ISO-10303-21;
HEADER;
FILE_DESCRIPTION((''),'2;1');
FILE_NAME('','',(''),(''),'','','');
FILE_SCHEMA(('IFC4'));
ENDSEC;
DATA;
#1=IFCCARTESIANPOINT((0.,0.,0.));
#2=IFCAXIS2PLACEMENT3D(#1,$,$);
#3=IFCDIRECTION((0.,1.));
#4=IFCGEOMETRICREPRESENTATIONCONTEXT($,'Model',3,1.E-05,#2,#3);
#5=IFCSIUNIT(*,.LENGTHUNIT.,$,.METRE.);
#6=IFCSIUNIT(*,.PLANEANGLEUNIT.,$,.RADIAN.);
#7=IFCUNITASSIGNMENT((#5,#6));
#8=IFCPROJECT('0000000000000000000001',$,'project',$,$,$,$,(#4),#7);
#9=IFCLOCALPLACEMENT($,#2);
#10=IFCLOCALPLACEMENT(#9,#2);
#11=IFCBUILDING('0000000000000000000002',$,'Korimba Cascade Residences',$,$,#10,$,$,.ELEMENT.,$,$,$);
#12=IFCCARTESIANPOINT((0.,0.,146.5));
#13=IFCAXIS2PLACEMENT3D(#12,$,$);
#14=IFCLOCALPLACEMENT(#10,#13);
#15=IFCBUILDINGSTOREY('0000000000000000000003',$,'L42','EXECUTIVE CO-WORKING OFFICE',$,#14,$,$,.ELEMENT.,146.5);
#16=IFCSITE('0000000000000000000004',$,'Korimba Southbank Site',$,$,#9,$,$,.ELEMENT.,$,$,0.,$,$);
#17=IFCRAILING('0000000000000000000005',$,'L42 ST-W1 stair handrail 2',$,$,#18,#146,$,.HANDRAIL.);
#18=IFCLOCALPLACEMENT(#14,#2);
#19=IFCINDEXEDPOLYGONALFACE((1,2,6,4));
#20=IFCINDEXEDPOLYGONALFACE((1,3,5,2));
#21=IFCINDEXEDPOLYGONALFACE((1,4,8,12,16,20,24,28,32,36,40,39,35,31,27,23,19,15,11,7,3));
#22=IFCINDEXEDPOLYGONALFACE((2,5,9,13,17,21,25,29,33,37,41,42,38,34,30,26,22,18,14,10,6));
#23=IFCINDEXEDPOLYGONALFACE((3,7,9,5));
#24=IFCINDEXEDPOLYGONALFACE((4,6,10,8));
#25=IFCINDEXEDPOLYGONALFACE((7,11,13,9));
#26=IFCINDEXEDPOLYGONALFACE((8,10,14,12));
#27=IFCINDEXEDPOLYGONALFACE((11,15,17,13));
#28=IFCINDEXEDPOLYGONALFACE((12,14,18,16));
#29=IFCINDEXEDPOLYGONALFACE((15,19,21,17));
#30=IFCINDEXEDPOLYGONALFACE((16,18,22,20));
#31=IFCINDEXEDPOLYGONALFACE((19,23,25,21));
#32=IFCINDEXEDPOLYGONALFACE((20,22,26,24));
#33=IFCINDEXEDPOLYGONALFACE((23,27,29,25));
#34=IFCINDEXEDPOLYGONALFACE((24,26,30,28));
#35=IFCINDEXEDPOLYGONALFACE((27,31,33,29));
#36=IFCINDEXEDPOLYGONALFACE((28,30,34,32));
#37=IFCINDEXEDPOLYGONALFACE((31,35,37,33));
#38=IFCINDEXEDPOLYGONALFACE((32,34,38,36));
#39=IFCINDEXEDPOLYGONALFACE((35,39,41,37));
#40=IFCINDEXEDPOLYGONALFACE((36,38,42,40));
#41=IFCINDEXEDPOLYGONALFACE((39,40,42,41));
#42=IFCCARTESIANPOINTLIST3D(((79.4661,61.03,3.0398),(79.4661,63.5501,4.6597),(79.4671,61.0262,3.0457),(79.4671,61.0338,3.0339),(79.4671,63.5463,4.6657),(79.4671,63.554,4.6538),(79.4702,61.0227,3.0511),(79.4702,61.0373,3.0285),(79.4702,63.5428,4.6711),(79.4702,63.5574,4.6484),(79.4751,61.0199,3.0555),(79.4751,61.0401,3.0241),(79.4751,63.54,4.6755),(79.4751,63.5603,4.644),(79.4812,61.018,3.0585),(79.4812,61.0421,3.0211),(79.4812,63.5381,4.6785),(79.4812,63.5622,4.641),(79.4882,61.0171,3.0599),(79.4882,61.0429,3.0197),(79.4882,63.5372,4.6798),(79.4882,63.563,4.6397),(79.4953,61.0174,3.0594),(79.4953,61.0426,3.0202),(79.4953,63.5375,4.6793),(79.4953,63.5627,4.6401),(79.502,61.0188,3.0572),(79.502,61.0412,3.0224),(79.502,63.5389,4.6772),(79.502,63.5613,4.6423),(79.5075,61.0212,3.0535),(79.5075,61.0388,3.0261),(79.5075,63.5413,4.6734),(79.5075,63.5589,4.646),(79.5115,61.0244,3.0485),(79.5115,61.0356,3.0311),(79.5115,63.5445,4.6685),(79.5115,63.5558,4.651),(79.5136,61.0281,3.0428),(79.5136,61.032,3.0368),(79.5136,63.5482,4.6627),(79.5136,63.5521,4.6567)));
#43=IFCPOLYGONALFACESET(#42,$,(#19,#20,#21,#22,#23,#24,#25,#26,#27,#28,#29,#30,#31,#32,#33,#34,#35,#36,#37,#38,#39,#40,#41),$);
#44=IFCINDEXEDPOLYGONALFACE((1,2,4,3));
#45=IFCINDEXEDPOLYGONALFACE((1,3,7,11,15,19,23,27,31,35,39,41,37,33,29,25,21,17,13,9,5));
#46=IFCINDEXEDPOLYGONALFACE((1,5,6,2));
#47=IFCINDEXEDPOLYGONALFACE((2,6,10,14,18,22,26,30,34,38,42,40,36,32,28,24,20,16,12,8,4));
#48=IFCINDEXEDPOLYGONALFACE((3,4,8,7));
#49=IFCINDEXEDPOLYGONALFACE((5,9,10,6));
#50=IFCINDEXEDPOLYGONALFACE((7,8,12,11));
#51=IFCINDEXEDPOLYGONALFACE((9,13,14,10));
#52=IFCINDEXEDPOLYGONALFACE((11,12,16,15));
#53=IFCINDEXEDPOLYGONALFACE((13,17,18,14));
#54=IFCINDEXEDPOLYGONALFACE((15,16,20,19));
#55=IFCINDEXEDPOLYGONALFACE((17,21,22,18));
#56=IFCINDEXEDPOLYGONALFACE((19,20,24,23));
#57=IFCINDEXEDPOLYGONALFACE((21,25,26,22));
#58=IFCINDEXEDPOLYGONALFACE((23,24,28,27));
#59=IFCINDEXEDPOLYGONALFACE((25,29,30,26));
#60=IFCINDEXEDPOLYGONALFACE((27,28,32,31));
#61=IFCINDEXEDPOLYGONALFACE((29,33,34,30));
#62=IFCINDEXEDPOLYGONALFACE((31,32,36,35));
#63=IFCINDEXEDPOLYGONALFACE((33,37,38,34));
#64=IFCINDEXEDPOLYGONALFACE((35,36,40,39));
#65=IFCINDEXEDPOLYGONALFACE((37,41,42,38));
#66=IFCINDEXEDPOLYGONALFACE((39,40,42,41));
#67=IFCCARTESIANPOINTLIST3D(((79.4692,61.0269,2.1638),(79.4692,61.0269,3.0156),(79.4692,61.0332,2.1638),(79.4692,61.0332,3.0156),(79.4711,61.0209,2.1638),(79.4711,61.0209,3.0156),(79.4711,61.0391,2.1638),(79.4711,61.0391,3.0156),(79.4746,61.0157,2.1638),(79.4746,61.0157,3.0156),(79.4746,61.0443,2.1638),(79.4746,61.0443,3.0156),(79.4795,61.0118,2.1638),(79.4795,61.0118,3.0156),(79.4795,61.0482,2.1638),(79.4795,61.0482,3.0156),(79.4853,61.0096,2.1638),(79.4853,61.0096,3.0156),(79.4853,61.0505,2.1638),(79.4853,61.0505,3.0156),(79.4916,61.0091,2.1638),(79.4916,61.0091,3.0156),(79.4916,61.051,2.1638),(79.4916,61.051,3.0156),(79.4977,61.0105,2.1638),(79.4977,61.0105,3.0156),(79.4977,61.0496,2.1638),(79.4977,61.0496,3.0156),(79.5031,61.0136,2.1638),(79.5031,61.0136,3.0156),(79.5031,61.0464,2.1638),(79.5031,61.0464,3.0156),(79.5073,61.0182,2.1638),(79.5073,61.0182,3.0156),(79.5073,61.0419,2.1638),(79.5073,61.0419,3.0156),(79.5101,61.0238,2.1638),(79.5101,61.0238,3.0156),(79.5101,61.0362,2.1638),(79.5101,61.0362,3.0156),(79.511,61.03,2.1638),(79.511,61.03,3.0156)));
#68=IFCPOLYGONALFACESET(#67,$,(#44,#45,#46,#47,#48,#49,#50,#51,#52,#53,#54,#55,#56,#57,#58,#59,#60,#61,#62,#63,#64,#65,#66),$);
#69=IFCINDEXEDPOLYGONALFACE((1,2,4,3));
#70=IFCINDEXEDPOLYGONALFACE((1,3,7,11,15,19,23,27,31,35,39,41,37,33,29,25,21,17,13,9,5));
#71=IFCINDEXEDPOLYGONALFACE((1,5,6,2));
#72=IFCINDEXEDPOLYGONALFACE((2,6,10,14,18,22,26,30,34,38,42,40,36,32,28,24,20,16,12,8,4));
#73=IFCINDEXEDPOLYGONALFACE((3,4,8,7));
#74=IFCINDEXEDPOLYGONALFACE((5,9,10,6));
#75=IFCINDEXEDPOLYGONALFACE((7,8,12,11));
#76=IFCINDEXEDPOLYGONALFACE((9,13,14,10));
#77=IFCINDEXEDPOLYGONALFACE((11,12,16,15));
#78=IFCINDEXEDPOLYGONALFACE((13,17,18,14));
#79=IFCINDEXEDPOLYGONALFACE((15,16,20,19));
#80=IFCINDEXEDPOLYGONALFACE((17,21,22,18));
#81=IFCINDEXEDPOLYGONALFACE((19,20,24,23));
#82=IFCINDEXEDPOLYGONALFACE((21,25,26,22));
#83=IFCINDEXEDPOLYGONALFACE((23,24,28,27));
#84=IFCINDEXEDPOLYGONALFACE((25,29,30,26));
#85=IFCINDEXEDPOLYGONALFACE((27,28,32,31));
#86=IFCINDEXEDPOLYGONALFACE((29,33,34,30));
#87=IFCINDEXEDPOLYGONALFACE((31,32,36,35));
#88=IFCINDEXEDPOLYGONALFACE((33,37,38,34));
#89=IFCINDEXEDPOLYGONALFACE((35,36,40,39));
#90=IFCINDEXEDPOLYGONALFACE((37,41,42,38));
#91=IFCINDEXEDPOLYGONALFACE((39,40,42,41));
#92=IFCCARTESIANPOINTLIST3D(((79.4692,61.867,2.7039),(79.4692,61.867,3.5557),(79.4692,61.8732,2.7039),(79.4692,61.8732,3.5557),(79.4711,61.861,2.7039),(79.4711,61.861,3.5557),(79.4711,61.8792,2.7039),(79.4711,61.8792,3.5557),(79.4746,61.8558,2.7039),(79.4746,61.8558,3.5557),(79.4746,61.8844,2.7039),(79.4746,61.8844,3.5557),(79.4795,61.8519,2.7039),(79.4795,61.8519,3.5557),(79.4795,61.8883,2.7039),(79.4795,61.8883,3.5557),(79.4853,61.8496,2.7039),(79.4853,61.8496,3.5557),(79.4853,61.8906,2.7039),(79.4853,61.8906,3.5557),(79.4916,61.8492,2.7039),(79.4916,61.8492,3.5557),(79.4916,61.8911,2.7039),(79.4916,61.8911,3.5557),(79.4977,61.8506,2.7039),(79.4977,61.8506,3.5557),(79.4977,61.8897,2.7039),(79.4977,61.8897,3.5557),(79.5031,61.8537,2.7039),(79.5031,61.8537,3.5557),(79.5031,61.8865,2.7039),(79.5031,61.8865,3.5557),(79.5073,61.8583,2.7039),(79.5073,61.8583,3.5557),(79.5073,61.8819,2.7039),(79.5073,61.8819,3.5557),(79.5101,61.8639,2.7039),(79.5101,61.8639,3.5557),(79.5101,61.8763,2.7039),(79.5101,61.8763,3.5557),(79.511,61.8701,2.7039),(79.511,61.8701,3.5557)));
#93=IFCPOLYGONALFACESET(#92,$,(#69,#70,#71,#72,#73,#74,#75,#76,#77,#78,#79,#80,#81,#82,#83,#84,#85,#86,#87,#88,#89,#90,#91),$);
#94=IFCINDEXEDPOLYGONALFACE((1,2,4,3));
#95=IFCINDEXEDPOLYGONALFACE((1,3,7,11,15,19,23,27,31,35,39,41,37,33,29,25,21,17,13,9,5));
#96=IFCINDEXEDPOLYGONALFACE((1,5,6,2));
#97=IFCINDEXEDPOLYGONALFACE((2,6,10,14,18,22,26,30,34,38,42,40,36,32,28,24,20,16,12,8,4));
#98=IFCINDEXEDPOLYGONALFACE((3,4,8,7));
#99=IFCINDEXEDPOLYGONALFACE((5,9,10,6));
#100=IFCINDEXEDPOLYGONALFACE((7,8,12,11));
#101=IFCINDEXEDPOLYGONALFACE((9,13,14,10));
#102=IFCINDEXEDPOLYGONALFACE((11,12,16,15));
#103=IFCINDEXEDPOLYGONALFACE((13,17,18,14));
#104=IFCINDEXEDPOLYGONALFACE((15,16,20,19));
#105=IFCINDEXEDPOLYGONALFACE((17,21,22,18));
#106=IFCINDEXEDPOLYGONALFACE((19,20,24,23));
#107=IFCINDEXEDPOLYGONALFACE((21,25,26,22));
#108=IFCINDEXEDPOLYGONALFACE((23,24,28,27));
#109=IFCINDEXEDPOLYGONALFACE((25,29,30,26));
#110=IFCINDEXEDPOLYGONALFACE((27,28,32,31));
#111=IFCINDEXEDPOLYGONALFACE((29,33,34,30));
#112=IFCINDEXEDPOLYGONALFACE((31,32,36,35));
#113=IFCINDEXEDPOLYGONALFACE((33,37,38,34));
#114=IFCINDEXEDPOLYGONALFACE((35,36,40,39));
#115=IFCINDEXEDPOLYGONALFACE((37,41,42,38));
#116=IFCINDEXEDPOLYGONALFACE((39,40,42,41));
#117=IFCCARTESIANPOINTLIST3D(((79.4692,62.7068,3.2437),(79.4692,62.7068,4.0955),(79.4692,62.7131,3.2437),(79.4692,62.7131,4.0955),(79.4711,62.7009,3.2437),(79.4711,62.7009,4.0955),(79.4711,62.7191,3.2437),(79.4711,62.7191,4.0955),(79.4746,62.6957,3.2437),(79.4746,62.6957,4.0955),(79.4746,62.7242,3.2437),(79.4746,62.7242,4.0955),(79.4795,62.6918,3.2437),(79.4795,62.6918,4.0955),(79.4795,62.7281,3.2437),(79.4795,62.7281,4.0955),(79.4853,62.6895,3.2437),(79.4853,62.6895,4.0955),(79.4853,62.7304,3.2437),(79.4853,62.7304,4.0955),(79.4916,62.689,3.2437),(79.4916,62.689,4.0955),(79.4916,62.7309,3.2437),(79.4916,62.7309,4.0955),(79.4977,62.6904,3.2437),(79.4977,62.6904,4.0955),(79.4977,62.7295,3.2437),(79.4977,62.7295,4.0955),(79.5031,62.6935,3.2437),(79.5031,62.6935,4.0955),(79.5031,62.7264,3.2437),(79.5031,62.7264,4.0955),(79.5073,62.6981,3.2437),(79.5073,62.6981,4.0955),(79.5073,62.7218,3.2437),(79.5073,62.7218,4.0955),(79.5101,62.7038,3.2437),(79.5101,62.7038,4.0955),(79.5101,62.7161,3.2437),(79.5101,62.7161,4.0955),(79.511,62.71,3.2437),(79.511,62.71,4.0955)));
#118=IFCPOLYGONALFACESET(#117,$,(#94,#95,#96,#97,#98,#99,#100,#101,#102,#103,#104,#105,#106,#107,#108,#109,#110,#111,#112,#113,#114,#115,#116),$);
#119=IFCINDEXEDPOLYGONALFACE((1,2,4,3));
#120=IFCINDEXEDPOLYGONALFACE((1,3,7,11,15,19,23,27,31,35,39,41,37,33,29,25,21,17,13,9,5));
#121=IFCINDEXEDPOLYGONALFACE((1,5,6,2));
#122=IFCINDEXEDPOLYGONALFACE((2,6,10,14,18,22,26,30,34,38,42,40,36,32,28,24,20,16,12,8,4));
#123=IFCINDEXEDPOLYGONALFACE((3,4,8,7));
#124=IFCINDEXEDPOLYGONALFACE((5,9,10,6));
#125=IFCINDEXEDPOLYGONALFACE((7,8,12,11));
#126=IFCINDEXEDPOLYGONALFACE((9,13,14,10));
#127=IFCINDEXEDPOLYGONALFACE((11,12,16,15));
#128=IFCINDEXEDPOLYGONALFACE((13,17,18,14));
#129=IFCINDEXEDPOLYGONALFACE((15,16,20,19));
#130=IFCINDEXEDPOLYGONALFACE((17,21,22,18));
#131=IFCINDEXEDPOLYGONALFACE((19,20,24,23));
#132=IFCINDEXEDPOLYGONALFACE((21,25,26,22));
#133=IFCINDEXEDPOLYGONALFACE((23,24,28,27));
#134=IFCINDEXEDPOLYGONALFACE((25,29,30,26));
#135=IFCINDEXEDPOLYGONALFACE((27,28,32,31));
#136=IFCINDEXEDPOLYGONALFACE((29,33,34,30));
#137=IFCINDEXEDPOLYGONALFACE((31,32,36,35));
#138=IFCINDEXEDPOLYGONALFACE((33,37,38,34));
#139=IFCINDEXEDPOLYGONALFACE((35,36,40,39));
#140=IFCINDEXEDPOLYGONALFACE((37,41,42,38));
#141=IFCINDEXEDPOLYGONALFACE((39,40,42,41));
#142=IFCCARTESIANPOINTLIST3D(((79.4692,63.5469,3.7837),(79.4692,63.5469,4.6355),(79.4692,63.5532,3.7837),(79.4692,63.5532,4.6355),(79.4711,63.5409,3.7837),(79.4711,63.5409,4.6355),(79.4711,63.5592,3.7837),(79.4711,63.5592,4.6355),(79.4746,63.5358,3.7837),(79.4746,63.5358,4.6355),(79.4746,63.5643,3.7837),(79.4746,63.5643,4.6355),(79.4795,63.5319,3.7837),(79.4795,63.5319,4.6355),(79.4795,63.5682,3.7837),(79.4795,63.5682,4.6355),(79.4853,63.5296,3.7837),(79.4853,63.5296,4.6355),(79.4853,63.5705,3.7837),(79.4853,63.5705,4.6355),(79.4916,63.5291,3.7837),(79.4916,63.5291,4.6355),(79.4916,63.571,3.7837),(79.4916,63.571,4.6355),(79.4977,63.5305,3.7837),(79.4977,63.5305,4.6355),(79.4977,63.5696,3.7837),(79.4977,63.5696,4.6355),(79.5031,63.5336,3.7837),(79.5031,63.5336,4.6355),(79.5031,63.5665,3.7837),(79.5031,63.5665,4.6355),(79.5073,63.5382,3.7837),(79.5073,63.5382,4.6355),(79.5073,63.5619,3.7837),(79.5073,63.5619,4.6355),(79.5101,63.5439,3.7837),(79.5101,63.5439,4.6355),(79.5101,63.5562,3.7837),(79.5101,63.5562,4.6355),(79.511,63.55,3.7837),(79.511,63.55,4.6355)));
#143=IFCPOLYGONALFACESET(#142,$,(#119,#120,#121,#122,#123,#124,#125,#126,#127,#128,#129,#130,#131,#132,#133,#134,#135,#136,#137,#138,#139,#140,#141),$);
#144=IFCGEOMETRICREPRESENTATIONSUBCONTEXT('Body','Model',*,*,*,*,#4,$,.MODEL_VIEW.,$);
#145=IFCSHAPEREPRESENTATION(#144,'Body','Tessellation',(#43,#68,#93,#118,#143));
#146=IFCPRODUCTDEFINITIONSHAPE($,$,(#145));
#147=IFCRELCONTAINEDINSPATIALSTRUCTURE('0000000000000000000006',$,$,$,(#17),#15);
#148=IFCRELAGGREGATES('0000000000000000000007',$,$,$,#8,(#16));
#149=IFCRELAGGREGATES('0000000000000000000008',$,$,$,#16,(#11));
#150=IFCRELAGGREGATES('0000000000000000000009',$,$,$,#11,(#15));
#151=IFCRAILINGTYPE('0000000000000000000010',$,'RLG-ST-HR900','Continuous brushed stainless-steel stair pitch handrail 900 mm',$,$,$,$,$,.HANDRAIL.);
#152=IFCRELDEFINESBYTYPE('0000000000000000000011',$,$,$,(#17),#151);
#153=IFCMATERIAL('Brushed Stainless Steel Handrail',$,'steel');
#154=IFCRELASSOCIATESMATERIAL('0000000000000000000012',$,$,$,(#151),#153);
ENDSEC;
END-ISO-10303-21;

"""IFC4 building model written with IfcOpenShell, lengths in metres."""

from ifc_helpers import new_model, si_unit, direction, frame, origin, origin_2d, place, context, subcontext, project, spatial, circle, extrude, material, type_object, element, save


model = new_model("IFC4")

# Units and contexts
model_context = context("Model", 3, precision=1e-05, world=origin(), true_north=direction((0.0, 1.0)))
body_context = subcontext(model_context, "Body", "Model", "MODEL_VIEW")
ifc_project = project(units=[si_unit("LENGTHUNIT", "METRE"), si_unit("PLANEANGLEUNIT", "RADIAN")], contexts=[model_context])

# Site, building, storey
site_placement = place(None, origin())
site = spatial("IfcSite", under=ifc_project, at=site_placement, Name="Korimba Southbank Site", CompositionType="ELEMENT", RefElevation=0.0)
building_placement = place(site_placement, origin())
building = spatial("IfcBuilding", under=site, at=building_placement, Name="Korimba Cascade Residences", CompositionType="ELEMENT")
storey_placement = place(building_placement, frame((0.0, 0.0, 146.5)))
storey = spatial("IfcBuildingStorey", under=building, at=storey_placement, Name="L42", Description="EXECUTIVE CO-WORKING OFFICE", CompositionType="ELEMENT", Elevation=146.5)

# Railing
ifc_material_1 = material(Name="Brushed Stainless Steel Handrail", Category="steel")
railing_type_1 = type_object("IfcRailingType", Name="RLG-ST-HR900", Description="Continuous brushed stainless-steel stair pitch handrail 900 mm", PredefinedType="HANDRAIL", material=ifc_material_1)
railing_1_placement = place(storey_placement, frame((79.49, 61.03, 2.1638)))
element("IfcRailing", 1, at=railing_1_placement, inside=storey, type_object=railing_type_1, Name="L42 ST-W1 stair handrail 2", PredefinedType="HANDRAIL", context=body_context, shape_type="SweptSolid", body=[
    extrude(circle(Radius=0.0239, at=origin_2d()), frame((0.0, 0.0, 0.876), z_axis=(0.0, 0.8412, 0.540725), x_axis=(-1.0, 0.0, 0.0)), (0.0, 0.0, 1.0), 2.9958),
    extrude(circle(Radius=0.021, at=origin_2d()), origin(), (0.0, 0.0, 1.0), 0.8518),
    extrude(circle(Radius=0.021, at=origin_2d()), frame((0.0, 0.8401, 0.54)), (0.0, 0.0, 1.0), 0.8518),
    extrude(circle(Radius=0.021, at=origin_2d()), frame((0.0, 1.6799, 1.0798)), (0.0, 0.0, 1.0), 0.8518),
    extrude(circle(Radius=0.021, at=origin_2d()), frame((0.0, 2.52, 1.6199)), (0.0, 0.0, 1.0), 0.8518),
])

save(model, "model.ifc")
